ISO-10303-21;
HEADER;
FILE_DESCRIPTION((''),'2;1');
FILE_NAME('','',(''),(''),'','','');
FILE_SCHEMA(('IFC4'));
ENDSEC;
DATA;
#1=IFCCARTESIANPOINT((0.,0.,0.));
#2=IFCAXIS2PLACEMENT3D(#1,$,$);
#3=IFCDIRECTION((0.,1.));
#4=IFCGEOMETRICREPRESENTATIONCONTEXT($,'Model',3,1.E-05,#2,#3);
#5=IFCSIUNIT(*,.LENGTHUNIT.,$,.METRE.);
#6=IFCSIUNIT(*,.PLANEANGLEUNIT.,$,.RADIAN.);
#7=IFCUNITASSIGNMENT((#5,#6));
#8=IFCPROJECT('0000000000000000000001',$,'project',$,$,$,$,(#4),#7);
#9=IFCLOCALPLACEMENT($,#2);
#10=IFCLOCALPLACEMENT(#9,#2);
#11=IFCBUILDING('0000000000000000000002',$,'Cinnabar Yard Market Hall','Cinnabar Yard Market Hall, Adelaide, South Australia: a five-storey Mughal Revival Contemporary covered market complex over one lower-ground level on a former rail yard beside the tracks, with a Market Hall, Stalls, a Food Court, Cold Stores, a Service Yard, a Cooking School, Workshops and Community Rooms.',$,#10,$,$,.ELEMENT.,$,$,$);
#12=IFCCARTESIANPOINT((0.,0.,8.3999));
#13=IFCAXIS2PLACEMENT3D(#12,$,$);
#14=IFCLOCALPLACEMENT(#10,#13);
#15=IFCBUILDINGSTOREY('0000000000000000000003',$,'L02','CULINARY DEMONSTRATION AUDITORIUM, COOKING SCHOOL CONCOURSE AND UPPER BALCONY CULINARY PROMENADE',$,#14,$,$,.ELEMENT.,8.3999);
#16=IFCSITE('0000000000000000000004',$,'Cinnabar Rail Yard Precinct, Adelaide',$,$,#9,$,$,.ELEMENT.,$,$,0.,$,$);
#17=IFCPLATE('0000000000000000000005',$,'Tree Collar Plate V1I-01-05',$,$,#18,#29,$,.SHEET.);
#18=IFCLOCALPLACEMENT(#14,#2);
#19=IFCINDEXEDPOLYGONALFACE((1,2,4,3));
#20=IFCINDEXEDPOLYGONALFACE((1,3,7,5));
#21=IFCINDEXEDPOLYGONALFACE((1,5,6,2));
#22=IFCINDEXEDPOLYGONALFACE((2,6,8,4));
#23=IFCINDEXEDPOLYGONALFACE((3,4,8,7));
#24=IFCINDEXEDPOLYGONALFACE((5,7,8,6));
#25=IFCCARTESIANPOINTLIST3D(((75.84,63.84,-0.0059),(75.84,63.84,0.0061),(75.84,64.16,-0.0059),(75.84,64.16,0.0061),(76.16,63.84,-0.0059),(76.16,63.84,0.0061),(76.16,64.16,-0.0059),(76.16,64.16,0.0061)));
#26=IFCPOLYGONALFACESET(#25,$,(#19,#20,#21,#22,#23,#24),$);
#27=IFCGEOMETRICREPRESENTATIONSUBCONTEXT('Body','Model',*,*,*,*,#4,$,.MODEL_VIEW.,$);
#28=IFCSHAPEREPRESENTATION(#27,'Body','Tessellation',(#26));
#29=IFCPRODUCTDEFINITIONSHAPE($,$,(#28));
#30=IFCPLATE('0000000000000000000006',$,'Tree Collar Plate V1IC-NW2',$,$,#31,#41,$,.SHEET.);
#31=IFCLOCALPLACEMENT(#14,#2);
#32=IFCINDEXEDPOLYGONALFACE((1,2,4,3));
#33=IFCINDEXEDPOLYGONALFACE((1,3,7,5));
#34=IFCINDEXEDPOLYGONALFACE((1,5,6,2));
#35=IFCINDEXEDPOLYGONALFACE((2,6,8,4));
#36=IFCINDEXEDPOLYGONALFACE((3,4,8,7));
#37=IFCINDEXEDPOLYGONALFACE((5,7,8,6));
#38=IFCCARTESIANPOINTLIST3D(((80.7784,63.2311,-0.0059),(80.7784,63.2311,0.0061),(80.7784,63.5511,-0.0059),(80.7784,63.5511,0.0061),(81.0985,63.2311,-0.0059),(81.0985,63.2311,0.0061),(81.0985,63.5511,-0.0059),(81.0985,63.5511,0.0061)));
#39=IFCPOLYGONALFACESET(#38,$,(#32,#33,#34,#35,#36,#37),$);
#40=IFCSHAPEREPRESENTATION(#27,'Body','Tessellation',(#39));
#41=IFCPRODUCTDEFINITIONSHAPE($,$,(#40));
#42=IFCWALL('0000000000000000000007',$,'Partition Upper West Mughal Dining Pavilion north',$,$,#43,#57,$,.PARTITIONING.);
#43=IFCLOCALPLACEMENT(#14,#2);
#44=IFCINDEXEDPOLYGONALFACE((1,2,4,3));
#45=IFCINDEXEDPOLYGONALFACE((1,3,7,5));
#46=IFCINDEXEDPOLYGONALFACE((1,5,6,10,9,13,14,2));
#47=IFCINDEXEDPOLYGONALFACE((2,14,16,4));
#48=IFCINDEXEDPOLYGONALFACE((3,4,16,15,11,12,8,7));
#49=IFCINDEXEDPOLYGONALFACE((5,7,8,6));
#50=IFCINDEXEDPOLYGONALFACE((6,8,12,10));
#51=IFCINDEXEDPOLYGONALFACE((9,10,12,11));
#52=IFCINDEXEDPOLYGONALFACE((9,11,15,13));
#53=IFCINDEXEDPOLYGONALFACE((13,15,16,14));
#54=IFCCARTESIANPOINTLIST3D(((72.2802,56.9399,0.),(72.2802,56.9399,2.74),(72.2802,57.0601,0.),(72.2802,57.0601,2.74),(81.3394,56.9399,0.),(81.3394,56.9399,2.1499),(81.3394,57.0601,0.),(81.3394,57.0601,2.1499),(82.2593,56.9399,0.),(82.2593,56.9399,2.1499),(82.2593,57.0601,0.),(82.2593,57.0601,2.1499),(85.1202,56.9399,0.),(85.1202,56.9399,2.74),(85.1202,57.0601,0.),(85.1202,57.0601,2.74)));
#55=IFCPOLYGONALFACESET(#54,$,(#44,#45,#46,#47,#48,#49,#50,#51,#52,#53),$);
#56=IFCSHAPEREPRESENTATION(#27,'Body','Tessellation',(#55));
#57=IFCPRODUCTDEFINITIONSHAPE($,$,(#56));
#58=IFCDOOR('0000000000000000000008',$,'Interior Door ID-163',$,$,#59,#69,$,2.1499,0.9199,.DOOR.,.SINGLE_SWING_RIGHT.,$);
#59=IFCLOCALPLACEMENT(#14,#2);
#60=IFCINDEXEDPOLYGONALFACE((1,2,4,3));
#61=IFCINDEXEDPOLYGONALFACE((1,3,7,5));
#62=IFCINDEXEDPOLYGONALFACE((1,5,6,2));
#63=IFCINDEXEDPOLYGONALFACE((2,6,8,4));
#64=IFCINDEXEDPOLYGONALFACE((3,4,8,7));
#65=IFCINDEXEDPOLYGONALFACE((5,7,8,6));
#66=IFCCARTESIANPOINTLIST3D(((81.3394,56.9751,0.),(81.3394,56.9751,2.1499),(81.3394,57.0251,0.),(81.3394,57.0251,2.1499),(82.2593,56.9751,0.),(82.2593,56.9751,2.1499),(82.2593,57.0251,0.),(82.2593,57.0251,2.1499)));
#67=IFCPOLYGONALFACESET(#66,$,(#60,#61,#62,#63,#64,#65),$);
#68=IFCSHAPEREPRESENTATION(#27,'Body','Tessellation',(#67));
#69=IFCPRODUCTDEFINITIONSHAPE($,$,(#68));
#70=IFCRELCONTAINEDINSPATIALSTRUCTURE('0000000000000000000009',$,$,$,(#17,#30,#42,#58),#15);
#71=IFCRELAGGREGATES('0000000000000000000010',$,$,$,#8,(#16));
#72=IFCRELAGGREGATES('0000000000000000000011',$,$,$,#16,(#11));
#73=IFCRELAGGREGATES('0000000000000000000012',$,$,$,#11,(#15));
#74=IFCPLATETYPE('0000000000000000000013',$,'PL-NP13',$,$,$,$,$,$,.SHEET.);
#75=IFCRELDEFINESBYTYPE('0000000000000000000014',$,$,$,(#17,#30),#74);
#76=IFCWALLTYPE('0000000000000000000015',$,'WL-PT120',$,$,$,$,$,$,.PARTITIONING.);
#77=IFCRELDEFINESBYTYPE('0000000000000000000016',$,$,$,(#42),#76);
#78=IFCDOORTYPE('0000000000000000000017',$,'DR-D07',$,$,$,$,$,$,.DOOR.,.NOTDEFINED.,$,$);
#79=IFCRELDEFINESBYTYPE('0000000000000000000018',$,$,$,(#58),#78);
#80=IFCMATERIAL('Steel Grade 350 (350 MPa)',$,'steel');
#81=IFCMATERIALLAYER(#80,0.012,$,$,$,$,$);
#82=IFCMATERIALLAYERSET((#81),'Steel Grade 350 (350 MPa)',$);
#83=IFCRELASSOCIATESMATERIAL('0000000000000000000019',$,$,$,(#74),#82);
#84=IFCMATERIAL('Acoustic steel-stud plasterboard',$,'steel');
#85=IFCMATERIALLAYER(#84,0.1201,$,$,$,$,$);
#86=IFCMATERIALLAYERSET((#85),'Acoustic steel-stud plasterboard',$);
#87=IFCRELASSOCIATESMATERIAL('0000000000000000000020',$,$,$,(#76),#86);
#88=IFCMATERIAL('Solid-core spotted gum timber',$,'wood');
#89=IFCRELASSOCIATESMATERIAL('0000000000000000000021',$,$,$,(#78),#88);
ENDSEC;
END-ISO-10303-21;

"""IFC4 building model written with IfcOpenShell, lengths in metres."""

from ifc_helpers import new_model, si_unit, direction, frame, frame_2d, origin, origin_2d_with_axis, place, context, subcontext, project, spatial, rectangle, extrude, material, layer, layer_set, type_object, element, fill, save


model = new_model("IFC4")

# Units and contexts
model_context = context("Model", 3, precision=1e-05, world=origin(), true_north=direction((0.0, 1.0)))
body_context = subcontext(model_context, "Body", "Model", "MODEL_VIEW")
ifc_project = project(units=[si_unit("LENGTHUNIT", "METRE"), si_unit("PLANEANGLEUNIT", "RADIAN")], contexts=[model_context])

# Site, building, storey
site_placement = place(None, origin())
site = spatial("IfcSite", under=ifc_project, at=site_placement, Name="Cinnabar Rail Yard Precinct, Adelaide", CompositionType="ELEMENT", RefElevation=0.0)
building_placement = place(site_placement, origin())
building = spatial("IfcBuilding", under=site, at=building_placement, Name="Cinnabar Yard Market Hall", Description="Cinnabar Yard Market Hall, Adelaide, South Australia: a five-storey Mughal Revival Contemporary covered market complex over one lower-ground level on a former rail yard beside the tracks, with a Market Hall, Stalls, a Food Court, Cold Stores, a Service Yard, a Cooking School, Workshops and Community Rooms.", CompositionType="ELEMENT")
storey_placement = place(building_placement, frame((0.0, 0.0, 8.3999)))
storey = spatial("IfcBuildingStorey", under=building, at=storey_placement, Name="L02", Description="CULINARY DEMONSTRATION AUDITORIUM, COOKING SCHOOL CONCOURSE AND UPPER BALCONY CULINARY PROMENADE", CompositionType="ELEMENT", Elevation=8.3999)

# Plates
ifc_material_1 = material(Name="Steel Grade 350 (350 MPa)", Category="steel")
ifc_layer_1 = layer(ifc_material_1, 0.012)
ifc_layer_set_1 = layer_set([ifc_layer_1], Name="Steel Grade 350 (350 MPa)")
plate_type_1 = type_object("IfcPlateType", Name="PL-NP13", PredefinedType="SHEET", material=ifc_layer_set_1)
for number, where, z_axis, x_axis, name in (
    (1, (76.0, 64.0, -0.0059), (0.0, 0.0, 1.0), (1.0, 0.0, 0.0), "Tree Collar Plate V1I-01-05"),
    (2, (80.9385, 63.3911, -0.0059), (0.0, 0.0, 1.0), (1.0, 0.0, 0.0), "Tree Collar Plate V1IC-NW2"),
):
    element("IfcPlate", number, at=place(storey_placement, frame(where, z_axis=z_axis, x_axis=x_axis)), inside=storey, type_object=plate_type_1, Name=name, PredefinedType="SHEET", context=body_context, shape_type="SweptSolid", body=[
        extrude(rectangle(XDim=0.3201, YDim=0.3201, at=origin_2d_with_axis()), origin(), (0.0, 0.0, 1.0), 0.012),
    ])

# Wall, opening, door
ifc_material_2 = material(Name="Acoustic steel-stud plasterboard", Category="steel")
ifc_layer_2 = layer(ifc_material_2, 0.1201)
ifc_layer_set_2 = layer_set([ifc_layer_2], Name="Acoustic steel-stud plasterboard")
wall_type = type_object("IfcWallType", Name="WL-PT120", PredefinedType="PARTITIONING", material=ifc_layer_set_2)
wall_placement = place(storey_placement, frame((85.1201, 57.0, 0.0), z_axis=(0.0, 0.0, 1.0), x_axis=(-1.0, 0.0, 0.0)))
wall = element("IfcWall", 3, at=wall_placement, inside=storey, type_object=wall_type, Name="Partition Upper West Mughal Dining Pavilion north", PredefinedType="PARTITIONING", context=body_context, shape_type="SweptSolid", body=[
    extrude(rectangle(XDim=12.8401, YDim=0.1201, at=frame_2d((6.4199, 0.0), x_axis=(1.0, 0.0))), origin(), (0.0, 0.0, 1.0), 2.74),
])
opening_placement = place(wall_placement, frame((2.8608, 0.0, 0.0)))
opening = element("IfcOpeningElement", 4, at=opening_placement, cuts=wall, PredefinedType="OPENING", context=body_context, shape_type="SweptSolid", body=[
    extrude(rectangle(XDim=0.9199, YDim=2.1499, at=frame_2d((0.46, 1.075), x_axis=(1.0, 0.0))), frame((0.0, 0.0701, 0.0), z_axis=(0.0, -1.0, 0.0), x_axis=(1.0, 0.0, 0.0)), (0.0, 0.0, 1.0), 0.1401),
])
ifc_material_3 = material(Name="Solid-core spotted gum timber", Category="wood")
door_type = type_object("IfcDoorType", Name="DR-D07", OperationType="NOTDEFINED", PredefinedType="DOOR", material=ifc_material_3)
door_placement = place(opening_placement, origin())
door = element("IfcDoor", 5, at=door_placement, inside=storey, type_object=door_type, Name="Interior Door ID-163", OperationType="SINGLE_SWING_RIGHT", OverallHeight=2.1499, OverallWidth=0.9199, PredefinedType="DOOR", context=body_context, shape_type="SweptSolid", body=[
    extrude(rectangle(XDim=0.9199, YDim=2.1499, at=frame_2d((0.46, 1.075), x_axis=(1.0, 0.0))), frame((0.0, 0.0249, 0.0), z_axis=(0.0, -1.0, 0.0), x_axis=(1.0, 0.0, 0.0)), (0.0, 0.0, 1.0), 0.05),
])
fill(opening, door)

save(model, "model.ifc")
